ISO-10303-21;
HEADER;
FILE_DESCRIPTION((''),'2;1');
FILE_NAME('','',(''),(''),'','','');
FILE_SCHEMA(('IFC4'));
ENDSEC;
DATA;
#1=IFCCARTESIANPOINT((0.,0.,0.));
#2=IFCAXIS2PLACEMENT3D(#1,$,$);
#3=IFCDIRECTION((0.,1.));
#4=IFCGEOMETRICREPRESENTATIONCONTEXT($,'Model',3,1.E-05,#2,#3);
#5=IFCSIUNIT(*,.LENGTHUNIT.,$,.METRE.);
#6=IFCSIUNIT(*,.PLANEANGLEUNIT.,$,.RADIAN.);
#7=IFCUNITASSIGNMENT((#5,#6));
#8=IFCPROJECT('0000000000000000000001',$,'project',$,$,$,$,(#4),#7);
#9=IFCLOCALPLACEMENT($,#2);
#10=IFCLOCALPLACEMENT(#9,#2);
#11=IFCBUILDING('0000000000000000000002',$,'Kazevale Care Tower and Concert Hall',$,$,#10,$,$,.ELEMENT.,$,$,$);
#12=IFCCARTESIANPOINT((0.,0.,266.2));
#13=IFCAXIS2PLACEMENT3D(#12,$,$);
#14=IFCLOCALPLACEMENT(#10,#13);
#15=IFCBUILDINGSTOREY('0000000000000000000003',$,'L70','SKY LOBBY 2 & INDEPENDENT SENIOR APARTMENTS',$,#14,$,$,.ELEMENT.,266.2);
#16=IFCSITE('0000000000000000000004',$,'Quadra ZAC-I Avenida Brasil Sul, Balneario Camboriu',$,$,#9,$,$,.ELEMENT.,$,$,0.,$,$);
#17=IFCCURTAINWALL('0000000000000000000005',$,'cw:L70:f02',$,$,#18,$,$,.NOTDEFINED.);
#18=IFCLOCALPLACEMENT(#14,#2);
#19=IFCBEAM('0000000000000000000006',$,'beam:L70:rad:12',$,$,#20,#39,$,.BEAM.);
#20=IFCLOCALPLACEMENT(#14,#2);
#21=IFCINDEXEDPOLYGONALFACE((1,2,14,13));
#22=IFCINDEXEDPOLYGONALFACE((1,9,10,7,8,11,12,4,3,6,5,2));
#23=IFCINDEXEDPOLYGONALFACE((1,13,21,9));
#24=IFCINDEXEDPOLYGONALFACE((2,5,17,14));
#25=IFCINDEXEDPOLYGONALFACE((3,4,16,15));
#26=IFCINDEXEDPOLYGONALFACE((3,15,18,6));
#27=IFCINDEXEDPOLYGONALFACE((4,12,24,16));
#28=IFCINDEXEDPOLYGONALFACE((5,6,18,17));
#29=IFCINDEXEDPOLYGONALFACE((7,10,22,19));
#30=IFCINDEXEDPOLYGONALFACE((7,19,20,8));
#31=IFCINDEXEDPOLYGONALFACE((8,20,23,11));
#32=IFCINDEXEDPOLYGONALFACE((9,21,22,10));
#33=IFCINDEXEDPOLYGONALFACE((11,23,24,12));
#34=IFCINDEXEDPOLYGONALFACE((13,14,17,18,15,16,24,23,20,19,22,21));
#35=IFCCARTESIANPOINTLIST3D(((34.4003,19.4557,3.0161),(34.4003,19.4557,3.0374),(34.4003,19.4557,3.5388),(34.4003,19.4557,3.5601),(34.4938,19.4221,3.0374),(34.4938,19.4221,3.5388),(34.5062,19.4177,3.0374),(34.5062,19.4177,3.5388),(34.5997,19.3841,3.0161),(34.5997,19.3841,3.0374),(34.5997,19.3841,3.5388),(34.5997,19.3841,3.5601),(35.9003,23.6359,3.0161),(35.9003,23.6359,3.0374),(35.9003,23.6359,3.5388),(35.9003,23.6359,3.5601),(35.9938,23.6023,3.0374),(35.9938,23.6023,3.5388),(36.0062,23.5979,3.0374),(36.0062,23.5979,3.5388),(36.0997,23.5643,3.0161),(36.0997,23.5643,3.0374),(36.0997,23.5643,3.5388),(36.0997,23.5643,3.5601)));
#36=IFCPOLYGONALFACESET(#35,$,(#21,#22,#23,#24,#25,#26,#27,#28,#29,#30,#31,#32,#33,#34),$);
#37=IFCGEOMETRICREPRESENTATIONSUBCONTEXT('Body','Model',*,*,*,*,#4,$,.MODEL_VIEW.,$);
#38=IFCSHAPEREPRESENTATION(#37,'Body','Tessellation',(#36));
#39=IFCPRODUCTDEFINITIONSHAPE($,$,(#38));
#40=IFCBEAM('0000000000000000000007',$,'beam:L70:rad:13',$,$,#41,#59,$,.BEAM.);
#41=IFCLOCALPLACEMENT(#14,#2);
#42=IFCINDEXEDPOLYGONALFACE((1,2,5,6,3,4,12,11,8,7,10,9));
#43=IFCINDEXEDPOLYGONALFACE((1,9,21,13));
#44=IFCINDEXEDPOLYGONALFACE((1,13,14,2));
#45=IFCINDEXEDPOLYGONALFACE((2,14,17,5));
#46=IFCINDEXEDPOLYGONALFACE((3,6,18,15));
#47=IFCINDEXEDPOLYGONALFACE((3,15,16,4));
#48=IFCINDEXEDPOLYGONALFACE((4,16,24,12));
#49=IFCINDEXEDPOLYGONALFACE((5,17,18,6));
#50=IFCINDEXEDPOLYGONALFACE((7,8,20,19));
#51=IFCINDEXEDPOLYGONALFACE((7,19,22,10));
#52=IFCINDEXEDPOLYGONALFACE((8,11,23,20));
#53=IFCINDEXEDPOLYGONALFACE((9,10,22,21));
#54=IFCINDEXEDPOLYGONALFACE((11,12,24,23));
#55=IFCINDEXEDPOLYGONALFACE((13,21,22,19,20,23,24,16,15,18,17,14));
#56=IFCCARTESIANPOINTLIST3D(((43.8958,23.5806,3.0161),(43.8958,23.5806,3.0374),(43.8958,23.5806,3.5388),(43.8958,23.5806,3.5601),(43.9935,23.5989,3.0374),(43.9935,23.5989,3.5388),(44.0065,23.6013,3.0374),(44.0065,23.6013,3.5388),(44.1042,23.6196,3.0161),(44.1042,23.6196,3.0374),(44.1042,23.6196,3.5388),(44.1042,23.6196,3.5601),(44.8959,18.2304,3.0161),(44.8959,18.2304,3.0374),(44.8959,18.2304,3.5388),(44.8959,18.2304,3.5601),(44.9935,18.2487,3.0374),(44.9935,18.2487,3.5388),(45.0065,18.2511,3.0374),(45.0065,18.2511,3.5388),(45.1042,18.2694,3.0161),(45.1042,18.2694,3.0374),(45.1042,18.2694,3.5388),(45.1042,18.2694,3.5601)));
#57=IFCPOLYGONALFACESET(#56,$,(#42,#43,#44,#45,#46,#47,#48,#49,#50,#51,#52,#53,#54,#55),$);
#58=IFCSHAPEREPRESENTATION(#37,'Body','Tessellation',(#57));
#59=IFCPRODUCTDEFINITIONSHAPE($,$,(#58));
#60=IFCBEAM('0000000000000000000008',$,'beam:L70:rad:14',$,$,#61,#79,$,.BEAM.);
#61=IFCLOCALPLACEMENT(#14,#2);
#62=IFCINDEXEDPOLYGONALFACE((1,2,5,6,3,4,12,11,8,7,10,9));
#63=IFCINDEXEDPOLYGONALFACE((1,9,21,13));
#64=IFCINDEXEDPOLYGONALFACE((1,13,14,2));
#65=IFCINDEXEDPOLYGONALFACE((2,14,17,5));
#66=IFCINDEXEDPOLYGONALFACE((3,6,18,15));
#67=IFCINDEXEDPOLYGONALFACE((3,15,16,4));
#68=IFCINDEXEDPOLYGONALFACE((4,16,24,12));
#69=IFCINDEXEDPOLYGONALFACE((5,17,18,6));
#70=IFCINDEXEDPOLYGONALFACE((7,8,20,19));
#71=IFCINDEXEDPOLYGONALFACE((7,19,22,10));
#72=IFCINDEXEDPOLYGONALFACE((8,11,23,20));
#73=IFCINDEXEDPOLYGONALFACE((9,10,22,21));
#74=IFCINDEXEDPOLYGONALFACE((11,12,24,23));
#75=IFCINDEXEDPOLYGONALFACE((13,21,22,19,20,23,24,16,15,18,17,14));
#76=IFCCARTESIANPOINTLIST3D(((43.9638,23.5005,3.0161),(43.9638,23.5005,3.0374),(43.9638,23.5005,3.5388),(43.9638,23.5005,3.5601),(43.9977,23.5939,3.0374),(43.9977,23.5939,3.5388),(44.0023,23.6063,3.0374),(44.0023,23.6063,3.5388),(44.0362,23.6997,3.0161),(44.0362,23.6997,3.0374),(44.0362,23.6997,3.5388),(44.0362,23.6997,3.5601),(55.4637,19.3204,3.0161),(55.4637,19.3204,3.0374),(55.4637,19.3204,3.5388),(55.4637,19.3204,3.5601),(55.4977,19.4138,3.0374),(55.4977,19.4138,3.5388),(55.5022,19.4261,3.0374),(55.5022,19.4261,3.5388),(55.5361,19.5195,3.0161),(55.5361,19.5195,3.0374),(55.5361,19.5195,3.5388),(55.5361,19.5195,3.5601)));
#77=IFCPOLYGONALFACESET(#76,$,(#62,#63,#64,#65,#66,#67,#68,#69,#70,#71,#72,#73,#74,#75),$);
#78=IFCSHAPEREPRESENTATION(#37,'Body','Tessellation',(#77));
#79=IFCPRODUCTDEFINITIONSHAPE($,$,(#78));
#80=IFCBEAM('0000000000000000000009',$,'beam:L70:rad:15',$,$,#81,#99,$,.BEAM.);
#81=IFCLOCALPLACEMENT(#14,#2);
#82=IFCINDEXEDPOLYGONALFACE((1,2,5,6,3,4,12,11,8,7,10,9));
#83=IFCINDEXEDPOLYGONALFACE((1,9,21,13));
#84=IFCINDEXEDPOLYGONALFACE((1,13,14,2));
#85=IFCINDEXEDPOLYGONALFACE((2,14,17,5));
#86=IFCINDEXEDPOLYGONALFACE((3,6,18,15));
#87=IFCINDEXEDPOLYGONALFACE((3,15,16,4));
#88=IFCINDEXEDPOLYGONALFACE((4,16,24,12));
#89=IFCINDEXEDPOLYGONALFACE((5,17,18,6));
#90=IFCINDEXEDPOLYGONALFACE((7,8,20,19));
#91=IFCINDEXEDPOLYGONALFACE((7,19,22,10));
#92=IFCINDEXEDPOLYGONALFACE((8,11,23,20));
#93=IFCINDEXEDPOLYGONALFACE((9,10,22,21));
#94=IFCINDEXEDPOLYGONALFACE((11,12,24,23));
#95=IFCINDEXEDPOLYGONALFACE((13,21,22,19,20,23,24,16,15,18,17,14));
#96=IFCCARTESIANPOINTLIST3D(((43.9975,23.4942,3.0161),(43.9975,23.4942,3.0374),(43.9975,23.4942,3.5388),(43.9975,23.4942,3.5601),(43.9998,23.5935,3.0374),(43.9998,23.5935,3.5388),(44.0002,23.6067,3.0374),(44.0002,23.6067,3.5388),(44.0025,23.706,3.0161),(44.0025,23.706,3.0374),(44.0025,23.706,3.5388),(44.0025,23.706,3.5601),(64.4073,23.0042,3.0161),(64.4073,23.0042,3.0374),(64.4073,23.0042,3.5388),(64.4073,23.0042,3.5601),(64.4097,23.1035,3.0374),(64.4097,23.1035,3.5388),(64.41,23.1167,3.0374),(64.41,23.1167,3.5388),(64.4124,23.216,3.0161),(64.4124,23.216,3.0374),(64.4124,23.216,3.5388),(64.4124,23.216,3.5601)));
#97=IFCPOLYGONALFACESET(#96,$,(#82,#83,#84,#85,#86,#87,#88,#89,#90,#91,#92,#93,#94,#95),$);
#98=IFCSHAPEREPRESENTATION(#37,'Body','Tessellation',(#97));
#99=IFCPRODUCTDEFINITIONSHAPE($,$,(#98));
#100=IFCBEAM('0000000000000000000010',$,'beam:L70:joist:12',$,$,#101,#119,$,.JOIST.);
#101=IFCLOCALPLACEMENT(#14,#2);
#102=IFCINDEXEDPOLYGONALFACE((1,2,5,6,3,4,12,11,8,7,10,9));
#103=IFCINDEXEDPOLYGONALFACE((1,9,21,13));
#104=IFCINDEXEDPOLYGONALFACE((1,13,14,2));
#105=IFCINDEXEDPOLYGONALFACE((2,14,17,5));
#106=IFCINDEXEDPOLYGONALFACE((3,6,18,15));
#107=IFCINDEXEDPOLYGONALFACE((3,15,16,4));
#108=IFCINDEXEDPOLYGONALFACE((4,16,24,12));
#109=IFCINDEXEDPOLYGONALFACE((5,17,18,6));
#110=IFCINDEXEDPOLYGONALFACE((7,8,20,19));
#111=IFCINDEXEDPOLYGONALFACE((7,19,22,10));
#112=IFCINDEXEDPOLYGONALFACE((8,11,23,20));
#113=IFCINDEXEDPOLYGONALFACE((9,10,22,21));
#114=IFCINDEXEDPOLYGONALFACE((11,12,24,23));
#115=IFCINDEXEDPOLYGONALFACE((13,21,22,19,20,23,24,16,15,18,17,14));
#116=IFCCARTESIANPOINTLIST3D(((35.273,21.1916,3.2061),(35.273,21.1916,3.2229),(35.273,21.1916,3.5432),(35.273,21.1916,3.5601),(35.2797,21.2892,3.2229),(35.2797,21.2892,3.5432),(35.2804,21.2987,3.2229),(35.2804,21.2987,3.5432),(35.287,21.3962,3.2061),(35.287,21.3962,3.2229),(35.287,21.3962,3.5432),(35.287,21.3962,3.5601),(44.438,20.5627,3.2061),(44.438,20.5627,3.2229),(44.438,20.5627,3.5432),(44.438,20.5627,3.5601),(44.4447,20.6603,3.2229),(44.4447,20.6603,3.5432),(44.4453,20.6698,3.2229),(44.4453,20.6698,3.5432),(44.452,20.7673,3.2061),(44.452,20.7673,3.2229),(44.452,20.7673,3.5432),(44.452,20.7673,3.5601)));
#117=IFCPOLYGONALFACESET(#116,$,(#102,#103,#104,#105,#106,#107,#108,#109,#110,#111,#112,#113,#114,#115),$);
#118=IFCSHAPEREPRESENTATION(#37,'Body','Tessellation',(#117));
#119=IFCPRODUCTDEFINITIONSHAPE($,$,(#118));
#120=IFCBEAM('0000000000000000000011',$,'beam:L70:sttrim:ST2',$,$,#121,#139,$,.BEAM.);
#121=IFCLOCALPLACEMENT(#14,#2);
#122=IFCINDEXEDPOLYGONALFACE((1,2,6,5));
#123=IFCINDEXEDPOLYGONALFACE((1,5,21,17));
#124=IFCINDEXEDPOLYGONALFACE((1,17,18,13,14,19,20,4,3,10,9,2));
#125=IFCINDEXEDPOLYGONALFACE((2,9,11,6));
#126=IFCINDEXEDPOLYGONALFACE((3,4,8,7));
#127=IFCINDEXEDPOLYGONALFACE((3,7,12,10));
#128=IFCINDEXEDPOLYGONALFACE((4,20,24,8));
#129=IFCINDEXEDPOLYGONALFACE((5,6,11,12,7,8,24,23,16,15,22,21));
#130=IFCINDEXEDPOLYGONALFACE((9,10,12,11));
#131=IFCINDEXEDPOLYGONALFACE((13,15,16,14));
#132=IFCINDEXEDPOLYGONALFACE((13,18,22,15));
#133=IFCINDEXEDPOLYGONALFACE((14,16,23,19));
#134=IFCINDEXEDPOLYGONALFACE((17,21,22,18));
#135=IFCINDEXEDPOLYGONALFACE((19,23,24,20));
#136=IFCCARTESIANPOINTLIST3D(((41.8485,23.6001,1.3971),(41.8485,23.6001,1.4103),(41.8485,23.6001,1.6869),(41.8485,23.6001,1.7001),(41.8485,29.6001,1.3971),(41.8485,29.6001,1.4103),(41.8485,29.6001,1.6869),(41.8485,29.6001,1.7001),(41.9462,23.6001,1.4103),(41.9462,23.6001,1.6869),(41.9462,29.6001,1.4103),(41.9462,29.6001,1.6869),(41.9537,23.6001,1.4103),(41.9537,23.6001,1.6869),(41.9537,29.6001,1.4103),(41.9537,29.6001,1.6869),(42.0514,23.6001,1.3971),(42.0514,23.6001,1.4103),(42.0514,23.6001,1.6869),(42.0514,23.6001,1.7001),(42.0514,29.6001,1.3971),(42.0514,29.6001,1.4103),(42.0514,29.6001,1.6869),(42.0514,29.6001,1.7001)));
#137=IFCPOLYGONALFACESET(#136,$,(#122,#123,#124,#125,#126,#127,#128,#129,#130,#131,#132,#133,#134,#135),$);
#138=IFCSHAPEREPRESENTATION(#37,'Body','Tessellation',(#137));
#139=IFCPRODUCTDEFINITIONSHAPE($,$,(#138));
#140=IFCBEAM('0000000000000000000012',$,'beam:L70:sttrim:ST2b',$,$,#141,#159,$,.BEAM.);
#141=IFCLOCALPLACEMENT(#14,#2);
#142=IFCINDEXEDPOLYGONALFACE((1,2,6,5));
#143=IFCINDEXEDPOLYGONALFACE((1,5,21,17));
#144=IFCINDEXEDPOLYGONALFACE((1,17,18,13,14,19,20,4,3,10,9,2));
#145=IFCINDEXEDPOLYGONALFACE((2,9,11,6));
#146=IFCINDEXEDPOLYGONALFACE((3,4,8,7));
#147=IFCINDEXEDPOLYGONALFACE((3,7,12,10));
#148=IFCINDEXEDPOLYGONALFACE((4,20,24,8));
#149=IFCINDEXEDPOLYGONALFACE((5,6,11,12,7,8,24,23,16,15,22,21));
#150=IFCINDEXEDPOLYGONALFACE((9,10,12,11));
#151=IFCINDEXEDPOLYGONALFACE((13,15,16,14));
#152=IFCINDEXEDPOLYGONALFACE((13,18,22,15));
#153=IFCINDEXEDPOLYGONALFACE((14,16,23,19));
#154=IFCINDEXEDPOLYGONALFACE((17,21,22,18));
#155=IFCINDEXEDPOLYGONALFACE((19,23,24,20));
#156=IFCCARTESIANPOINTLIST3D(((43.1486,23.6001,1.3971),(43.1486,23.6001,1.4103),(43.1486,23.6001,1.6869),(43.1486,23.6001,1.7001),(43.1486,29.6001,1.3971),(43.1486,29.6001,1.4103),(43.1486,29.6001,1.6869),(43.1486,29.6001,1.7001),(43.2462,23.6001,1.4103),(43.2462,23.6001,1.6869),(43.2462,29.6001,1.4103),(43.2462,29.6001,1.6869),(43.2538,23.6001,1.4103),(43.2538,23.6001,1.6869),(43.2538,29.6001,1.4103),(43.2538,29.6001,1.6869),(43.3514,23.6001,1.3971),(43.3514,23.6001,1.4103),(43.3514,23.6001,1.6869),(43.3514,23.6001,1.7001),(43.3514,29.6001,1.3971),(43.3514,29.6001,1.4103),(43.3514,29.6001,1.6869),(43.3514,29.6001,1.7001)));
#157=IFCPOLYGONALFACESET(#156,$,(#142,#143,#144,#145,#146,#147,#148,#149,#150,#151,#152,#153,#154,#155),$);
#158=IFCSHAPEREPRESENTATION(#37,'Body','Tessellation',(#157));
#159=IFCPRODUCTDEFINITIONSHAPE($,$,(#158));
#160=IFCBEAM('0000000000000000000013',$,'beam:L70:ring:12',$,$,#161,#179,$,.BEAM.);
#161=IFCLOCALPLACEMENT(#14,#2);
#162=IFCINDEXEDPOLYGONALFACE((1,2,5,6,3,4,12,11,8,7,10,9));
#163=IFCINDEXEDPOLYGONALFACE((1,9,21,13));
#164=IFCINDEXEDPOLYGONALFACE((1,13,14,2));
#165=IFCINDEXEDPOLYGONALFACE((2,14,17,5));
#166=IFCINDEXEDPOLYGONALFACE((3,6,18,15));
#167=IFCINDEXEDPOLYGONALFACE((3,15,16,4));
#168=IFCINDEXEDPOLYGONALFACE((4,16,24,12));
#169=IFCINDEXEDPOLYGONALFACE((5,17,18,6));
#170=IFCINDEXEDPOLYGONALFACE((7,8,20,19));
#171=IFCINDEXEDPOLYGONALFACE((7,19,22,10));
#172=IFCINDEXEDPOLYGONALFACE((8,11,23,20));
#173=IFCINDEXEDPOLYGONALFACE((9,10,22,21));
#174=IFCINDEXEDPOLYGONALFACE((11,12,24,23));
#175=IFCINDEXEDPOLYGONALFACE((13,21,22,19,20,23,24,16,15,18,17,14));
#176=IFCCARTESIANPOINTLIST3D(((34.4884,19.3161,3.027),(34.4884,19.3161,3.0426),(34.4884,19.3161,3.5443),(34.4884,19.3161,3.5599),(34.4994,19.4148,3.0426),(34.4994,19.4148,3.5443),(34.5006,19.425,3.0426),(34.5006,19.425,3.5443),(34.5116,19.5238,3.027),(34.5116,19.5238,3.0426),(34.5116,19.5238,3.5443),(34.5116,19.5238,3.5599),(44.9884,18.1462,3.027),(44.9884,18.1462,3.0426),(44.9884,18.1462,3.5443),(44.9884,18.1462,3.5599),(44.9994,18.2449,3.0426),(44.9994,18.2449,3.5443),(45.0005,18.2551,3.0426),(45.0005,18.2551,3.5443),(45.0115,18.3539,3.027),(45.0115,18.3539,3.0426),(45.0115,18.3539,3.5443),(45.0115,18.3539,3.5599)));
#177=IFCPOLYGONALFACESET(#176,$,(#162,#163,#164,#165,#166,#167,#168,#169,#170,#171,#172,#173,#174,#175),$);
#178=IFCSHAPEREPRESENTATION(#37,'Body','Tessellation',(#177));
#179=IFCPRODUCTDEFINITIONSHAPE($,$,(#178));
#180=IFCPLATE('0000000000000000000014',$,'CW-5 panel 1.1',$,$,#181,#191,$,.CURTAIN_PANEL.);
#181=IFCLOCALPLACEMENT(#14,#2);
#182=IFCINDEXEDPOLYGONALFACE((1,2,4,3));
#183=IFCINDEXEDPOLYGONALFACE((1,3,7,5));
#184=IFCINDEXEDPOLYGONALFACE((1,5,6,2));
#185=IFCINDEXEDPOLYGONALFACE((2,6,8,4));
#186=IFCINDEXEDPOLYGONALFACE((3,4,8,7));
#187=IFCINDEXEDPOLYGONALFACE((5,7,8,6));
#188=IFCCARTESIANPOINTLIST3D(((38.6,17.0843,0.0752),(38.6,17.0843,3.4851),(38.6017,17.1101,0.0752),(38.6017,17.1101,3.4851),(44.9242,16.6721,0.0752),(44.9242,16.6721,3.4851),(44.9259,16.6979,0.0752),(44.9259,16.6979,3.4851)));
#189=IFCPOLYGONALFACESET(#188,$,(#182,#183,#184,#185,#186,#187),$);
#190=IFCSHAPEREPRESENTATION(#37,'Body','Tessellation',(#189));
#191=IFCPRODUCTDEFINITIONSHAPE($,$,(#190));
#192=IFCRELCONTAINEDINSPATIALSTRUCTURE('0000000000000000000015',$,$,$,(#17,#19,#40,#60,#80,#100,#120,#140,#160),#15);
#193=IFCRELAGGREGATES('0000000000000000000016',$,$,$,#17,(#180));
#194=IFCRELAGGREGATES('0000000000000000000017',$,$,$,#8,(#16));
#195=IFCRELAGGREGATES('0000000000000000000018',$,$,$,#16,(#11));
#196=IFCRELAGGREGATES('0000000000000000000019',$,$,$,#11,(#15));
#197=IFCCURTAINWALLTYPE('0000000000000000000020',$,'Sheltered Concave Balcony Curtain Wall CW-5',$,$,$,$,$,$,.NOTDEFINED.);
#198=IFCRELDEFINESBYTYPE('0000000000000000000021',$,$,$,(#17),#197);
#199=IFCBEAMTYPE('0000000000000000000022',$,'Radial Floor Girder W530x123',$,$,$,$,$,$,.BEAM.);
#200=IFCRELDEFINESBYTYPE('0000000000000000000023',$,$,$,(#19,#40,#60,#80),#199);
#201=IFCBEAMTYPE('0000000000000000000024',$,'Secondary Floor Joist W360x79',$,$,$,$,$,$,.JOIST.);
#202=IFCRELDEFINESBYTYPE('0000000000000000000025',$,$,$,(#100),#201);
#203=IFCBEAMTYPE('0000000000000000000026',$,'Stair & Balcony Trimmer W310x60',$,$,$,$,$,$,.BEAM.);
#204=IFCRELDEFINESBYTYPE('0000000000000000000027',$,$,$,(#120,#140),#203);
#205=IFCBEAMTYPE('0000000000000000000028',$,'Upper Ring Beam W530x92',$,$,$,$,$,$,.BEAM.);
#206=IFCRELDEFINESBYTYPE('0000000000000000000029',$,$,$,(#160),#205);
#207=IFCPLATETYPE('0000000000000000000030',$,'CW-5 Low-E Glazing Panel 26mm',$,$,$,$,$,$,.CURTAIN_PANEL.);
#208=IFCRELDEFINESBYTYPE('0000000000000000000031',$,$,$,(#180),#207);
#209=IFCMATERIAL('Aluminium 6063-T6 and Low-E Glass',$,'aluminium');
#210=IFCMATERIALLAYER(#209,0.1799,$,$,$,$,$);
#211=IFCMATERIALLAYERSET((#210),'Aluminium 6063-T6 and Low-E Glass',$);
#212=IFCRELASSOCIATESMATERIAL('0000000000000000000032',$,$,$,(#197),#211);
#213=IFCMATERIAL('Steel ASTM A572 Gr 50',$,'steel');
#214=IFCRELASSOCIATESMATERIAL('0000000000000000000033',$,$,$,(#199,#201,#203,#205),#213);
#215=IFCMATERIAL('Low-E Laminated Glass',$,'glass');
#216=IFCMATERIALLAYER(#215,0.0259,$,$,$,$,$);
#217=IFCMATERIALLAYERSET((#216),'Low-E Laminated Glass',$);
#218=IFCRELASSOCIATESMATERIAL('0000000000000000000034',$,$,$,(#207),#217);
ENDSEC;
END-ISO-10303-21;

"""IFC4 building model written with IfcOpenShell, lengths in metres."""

from ifc_helpers import new_model, si_unit, direction, frame, origin, origin_2d, place, context, subcontext, project, spatial, rectangle, i_section, extrude, material, layer, layer_set, material_profile, profile_set, type_object, element, aggregate, save


model = new_model("IFC4")

# Units and contexts
model_context = context("Model", 3, precision=1e-05, world=origin(), true_north=direction((0.0, 1.0)))
body_context = subcontext(model_context, "Body", "Model", "MODEL_VIEW")
ifc_project = project(units=[si_unit("LENGTHUNIT", "METRE"), si_unit("PLANEANGLEUNIT", "RADIAN")], contexts=[model_context])

# Site, building, storey
site_placement = place(None, origin())
site = spatial("IfcSite", under=ifc_project, at=site_placement, Name="Quadra ZAC-I Avenida Brasil Sul, Balneario Camboriu", CompositionType="ELEMENT", RefElevation=0.0)
building_placement = place(site_placement, origin())
building = spatial("IfcBuilding", under=site, at=building_placement, Name="Kazevale Care Tower and Concert Hall", CompositionType="ELEMENT")
storey_placement = place(building_placement, frame((0.0, 0.0, 266.2)))
storey = spatial("IfcBuildingStorey", under=building, at=storey_placement, Name="L70", Description="SKY LOBBY 2 & INDEPENDENT SENIOR APARTMENTS", CompositionType="ELEMENT", Elevation=266.2)

# Curtain wall
ifc_material_1 = material(Name="Aluminium 6063-T6 and Low-E Glass", Category="aluminium")
ifc_layer_1 = layer(ifc_material_1, 0.1799)
ifc_layer_set_1 = layer_set([ifc_layer_1], Name="Aluminium 6063-T6 and Low-E Glass")
curtain_wall_type = type_object("IfcCurtainWallType", Name="Sheltered Concave Balcony Curtain Wall CW-5", PredefinedType="NOTDEFINED", material=ifc_layer_set_1)
curtain_wall_1_placement = place(storey_placement, origin())
curtain_wall_1 = element("IfcCurtainWall", 1, at=curtain_wall_1_placement, inside=storey, type_object=curtain_wall_type, Name="cw:L70:f02", PredefinedType="NOTDEFINED")

# Beams
ifc_material_2 = material(Name="Steel ASTM A572 Gr 50", Category="steel")
ifc_material_profile_1 = material_profile(ifc_material_2, i_section(OverallWidth=0.2119, OverallDepth=0.5439, WebThickness=0.0132, FlangeThickness=0.0212, at=origin_2d()), Name="W530x123")
ifc_profile_set_1 = profile_set([ifc_material_profile_1], Name="Steel ASTM A572 Gr 50")
beam_type_1 = type_object("IfcBeamType", Name="Radial Floor Girder W530x123", PredefinedType="BEAM", material=ifc_profile_set_1)
beam_1_placement = place(storey_placement, frame((36.0, 23.6001, 3.2881), z_axis=(-0.33775, -0.941236, 0.0), x_axis=(0.941236, -0.33775, 0.0)))
element("IfcBeam", 2, at=beam_1_placement, inside=storey, type_object=beam_type_1, Name="beam:L70:rad:12", PredefinedType="BEAM", context=body_context, shape_type="SweptSolid", body=[
    extrude(i_section(OverallWidth=0.2119, OverallDepth=0.5439, WebThickness=0.0132, FlangeThickness=0.0212, at=origin_2d()), origin(), (0.0, 0.0, 1.0), 4.4412),
])
beam_2_placement = place(storey_placement, frame((44.0, 23.6001, 3.2881), z_axis=(0.183731, -0.982977, 0.0), x_axis=(0.982977, 0.183731, 0.0)))
element("IfcBeam", 3, at=beam_2_placement, inside=storey, type_object=beam_type_1, Name="beam:L70:rad:13", PredefinedType="BEAM", context=body_context, shape_type="SweptSolid", body=[
    extrude(i_section(OverallWidth=0.2119, OverallDepth=0.5439, WebThickness=0.0132, FlangeThickness=0.0212, at=origin_2d()), origin(), (0.0, 0.0, 1.0), 5.4429),
])
beam_3_placement = place(storey_placement, frame((44.0, 23.6001, 3.2881), z_axis=(0.939837, -0.341625, 0.0), x_axis=(0.341625, 0.939837, 0.0)))
element("IfcBeam", 4, at=beam_3_placement, inside=storey, type_object=beam_type_1, Name="beam:L70:rad:14", PredefinedType="BEAM", context=body_context, shape_type="SweptSolid", body=[
    extrude(i_section(OverallWidth=0.2119, OverallDepth=0.5439, WebThickness=0.0132, FlangeThickness=0.0212, at=origin_2d()), origin(), (0.0, 0.0, 1.0), 12.2361),
])
beam_4_placement = place(storey_placement, frame((44.0, 23.6001, 3.2881), z_axis=(0.999712, -0.024001, 0.0), x_axis=(0.024001, 0.999712, 0.0)))
element("IfcBeam", 5, at=beam_4_placement, inside=storey, type_object=beam_type_1, Name="beam:L70:rad:15", PredefinedType="BEAM", context=body_context, shape_type="SweptSolid", body=[
    extrude(i_section(OverallWidth=0.2119, OverallDepth=0.5439, WebThickness=0.0132, FlangeThickness=0.0212, at=origin_2d()), origin(), (0.0, 0.0, 1.0), 20.4158),
])
ifc_material_profile_2 = material_profile(ifc_material_2, i_section(OverallWidth=0.2051, OverallDepth=0.354, WebThickness=0.0095, FlangeThickness=0.0168, at=origin_2d()), Name="W360x79")
ifc_profile_set_2 = profile_set([ifc_material_profile_2], Name="Steel ASTM A572 Gr 50")
beam_type_2 = type_object("IfcBeamType", Name="Secondary Floor Joist W360x79", PredefinedType="JOIST", material=ifc_profile_set_2)
beam_5_placement = place(storey_placement, frame((35.28, 21.2939, 3.3831), z_axis=(0.997654, -0.068459, 0.0), x_axis=(0.068459, 0.997654, 0.0)))
element("IfcBeam", 6, at=beam_5_placement, inside=storey, type_object=beam_type_2, Name="beam:L70:joist:12", PredefinedType="JOIST", context=body_context, shape_type="SweptSolid", body=[
    extrude(i_section(OverallWidth=0.2051, OverallDepth=0.354, WebThickness=0.0095, FlangeThickness=0.0168, at=origin_2d()), origin(), (0.0, 0.0, 1.0), 9.1865),
])
ifc_material_profile_3 = material_profile(ifc_material_2, i_section(OverallWidth=0.2029, OverallDepth=0.303, WebThickness=0.0076, FlangeThickness=0.0132, at=origin_2d()), Name="W310x60")
ifc_profile_set_3 = profile_set([ifc_material_profile_3], Name="Steel ASTM A572 Gr 50")
beam_type_3 = type_object("IfcBeamType", Name="Stair & Balcony Trimmer W310x60", PredefinedType="BEAM", material=ifc_profile_set_3)
for number, where, z_axis, x_axis, name in (
    (7, (41.95, 23.6001, 1.5486), (0.0, 1.0, 0.0), (-1.0, 0.0, 0.0), "beam:L70:sttrim:ST2"),
    (8, (43.25, 23.6001, 1.5486), (0.0, 1.0, 0.0), (-1.0, 0.0, 0.0), "beam:L70:sttrim:ST2b"),
):
    element("IfcBeam", number, at=place(storey_placement, frame(where, z_axis=z_axis, x_axis=x_axis)), inside=storey, type_object=beam_type_3, Name=name, PredefinedType="BEAM", context=body_context, shape_type="SweptSolid", body=[
        extrude(i_section(OverallWidth=0.2029, OverallDepth=0.303, WebThickness=0.0076, FlangeThickness=0.0132, at=origin_2d()), origin(), (0.0, 0.0, 1.0), 6.0),
    ])
ifc_material_profile_4 = material_profile(ifc_material_2, i_section(OverallWidth=0.209, OverallDepth=0.533, WebThickness=0.0103, FlangeThickness=0.0156, at=origin_2d()), Name="W530x92")
ifc_profile_set_4 = profile_set([ifc_material_profile_4], Name="Steel ASTM A572 Gr 50")
beam_type_4 = type_object("IfcBeamType", Name="Upper Ring Beam W530x92", PredefinedType="BEAM", material=ifc_profile_set_4)
beam_6_placement = place(storey_placement, frame((34.5, 19.4199, 3.2935), z_axis=(0.99385, -0.110736, 0.0), x_axis=(0.110736, 0.99385, 0.0)))
element("IfcBeam", 9, at=beam_6_placement, inside=storey, type_object=beam_type_4, Name="beam:L70:ring:12", PredefinedType="BEAM", context=body_context, shape_type="SweptSolid", body=[
    extrude(i_section(OverallWidth=0.209, OverallDepth=0.533, WebThickness=0.0103, FlangeThickness=0.0156, at=origin_2d()), origin(), (0.0, 0.0, 1.0), 10.5649),
])

# Plate
ifc_material_3 = material(Name="Low-E Laminated Glass", Category="glass")
ifc_layer_2 = layer(ifc_material_3, 0.0259)
ifc_layer_set_2 = layer_set([ifc_layer_2], Name="Low-E Laminated Glass")
plate_type = type_object("IfcPlateType", Name="CW-5 Low-E Glazing Panel 26mm", PredefinedType="CURTAIN_PANEL", material=ifc_layer_set_2)
plate_1_placement = place(storey_placement, frame((41.7629, 16.8911, 0.0752), z_axis=(0.0, 0.0, 1.0), x_axis=(-0.997882, 0.065046, 0.0)))
plate_1 = element("IfcPlate", 10, at=plate_1_placement, type_object=plate_type, Name="CW-5 panel 1.1", PredefinedType="CURTAIN_PANEL", context=body_context, shape_type="SweptSolid", body=[
    extrude(rectangle(XDim=6.3376, YDim=0.0259, at=origin_2d()), origin(), (0.0, 0.0, 1.0), 3.4099),
])
aggregate(curtain_wall_1, [plate_1])

save(model, "model.ifc")
